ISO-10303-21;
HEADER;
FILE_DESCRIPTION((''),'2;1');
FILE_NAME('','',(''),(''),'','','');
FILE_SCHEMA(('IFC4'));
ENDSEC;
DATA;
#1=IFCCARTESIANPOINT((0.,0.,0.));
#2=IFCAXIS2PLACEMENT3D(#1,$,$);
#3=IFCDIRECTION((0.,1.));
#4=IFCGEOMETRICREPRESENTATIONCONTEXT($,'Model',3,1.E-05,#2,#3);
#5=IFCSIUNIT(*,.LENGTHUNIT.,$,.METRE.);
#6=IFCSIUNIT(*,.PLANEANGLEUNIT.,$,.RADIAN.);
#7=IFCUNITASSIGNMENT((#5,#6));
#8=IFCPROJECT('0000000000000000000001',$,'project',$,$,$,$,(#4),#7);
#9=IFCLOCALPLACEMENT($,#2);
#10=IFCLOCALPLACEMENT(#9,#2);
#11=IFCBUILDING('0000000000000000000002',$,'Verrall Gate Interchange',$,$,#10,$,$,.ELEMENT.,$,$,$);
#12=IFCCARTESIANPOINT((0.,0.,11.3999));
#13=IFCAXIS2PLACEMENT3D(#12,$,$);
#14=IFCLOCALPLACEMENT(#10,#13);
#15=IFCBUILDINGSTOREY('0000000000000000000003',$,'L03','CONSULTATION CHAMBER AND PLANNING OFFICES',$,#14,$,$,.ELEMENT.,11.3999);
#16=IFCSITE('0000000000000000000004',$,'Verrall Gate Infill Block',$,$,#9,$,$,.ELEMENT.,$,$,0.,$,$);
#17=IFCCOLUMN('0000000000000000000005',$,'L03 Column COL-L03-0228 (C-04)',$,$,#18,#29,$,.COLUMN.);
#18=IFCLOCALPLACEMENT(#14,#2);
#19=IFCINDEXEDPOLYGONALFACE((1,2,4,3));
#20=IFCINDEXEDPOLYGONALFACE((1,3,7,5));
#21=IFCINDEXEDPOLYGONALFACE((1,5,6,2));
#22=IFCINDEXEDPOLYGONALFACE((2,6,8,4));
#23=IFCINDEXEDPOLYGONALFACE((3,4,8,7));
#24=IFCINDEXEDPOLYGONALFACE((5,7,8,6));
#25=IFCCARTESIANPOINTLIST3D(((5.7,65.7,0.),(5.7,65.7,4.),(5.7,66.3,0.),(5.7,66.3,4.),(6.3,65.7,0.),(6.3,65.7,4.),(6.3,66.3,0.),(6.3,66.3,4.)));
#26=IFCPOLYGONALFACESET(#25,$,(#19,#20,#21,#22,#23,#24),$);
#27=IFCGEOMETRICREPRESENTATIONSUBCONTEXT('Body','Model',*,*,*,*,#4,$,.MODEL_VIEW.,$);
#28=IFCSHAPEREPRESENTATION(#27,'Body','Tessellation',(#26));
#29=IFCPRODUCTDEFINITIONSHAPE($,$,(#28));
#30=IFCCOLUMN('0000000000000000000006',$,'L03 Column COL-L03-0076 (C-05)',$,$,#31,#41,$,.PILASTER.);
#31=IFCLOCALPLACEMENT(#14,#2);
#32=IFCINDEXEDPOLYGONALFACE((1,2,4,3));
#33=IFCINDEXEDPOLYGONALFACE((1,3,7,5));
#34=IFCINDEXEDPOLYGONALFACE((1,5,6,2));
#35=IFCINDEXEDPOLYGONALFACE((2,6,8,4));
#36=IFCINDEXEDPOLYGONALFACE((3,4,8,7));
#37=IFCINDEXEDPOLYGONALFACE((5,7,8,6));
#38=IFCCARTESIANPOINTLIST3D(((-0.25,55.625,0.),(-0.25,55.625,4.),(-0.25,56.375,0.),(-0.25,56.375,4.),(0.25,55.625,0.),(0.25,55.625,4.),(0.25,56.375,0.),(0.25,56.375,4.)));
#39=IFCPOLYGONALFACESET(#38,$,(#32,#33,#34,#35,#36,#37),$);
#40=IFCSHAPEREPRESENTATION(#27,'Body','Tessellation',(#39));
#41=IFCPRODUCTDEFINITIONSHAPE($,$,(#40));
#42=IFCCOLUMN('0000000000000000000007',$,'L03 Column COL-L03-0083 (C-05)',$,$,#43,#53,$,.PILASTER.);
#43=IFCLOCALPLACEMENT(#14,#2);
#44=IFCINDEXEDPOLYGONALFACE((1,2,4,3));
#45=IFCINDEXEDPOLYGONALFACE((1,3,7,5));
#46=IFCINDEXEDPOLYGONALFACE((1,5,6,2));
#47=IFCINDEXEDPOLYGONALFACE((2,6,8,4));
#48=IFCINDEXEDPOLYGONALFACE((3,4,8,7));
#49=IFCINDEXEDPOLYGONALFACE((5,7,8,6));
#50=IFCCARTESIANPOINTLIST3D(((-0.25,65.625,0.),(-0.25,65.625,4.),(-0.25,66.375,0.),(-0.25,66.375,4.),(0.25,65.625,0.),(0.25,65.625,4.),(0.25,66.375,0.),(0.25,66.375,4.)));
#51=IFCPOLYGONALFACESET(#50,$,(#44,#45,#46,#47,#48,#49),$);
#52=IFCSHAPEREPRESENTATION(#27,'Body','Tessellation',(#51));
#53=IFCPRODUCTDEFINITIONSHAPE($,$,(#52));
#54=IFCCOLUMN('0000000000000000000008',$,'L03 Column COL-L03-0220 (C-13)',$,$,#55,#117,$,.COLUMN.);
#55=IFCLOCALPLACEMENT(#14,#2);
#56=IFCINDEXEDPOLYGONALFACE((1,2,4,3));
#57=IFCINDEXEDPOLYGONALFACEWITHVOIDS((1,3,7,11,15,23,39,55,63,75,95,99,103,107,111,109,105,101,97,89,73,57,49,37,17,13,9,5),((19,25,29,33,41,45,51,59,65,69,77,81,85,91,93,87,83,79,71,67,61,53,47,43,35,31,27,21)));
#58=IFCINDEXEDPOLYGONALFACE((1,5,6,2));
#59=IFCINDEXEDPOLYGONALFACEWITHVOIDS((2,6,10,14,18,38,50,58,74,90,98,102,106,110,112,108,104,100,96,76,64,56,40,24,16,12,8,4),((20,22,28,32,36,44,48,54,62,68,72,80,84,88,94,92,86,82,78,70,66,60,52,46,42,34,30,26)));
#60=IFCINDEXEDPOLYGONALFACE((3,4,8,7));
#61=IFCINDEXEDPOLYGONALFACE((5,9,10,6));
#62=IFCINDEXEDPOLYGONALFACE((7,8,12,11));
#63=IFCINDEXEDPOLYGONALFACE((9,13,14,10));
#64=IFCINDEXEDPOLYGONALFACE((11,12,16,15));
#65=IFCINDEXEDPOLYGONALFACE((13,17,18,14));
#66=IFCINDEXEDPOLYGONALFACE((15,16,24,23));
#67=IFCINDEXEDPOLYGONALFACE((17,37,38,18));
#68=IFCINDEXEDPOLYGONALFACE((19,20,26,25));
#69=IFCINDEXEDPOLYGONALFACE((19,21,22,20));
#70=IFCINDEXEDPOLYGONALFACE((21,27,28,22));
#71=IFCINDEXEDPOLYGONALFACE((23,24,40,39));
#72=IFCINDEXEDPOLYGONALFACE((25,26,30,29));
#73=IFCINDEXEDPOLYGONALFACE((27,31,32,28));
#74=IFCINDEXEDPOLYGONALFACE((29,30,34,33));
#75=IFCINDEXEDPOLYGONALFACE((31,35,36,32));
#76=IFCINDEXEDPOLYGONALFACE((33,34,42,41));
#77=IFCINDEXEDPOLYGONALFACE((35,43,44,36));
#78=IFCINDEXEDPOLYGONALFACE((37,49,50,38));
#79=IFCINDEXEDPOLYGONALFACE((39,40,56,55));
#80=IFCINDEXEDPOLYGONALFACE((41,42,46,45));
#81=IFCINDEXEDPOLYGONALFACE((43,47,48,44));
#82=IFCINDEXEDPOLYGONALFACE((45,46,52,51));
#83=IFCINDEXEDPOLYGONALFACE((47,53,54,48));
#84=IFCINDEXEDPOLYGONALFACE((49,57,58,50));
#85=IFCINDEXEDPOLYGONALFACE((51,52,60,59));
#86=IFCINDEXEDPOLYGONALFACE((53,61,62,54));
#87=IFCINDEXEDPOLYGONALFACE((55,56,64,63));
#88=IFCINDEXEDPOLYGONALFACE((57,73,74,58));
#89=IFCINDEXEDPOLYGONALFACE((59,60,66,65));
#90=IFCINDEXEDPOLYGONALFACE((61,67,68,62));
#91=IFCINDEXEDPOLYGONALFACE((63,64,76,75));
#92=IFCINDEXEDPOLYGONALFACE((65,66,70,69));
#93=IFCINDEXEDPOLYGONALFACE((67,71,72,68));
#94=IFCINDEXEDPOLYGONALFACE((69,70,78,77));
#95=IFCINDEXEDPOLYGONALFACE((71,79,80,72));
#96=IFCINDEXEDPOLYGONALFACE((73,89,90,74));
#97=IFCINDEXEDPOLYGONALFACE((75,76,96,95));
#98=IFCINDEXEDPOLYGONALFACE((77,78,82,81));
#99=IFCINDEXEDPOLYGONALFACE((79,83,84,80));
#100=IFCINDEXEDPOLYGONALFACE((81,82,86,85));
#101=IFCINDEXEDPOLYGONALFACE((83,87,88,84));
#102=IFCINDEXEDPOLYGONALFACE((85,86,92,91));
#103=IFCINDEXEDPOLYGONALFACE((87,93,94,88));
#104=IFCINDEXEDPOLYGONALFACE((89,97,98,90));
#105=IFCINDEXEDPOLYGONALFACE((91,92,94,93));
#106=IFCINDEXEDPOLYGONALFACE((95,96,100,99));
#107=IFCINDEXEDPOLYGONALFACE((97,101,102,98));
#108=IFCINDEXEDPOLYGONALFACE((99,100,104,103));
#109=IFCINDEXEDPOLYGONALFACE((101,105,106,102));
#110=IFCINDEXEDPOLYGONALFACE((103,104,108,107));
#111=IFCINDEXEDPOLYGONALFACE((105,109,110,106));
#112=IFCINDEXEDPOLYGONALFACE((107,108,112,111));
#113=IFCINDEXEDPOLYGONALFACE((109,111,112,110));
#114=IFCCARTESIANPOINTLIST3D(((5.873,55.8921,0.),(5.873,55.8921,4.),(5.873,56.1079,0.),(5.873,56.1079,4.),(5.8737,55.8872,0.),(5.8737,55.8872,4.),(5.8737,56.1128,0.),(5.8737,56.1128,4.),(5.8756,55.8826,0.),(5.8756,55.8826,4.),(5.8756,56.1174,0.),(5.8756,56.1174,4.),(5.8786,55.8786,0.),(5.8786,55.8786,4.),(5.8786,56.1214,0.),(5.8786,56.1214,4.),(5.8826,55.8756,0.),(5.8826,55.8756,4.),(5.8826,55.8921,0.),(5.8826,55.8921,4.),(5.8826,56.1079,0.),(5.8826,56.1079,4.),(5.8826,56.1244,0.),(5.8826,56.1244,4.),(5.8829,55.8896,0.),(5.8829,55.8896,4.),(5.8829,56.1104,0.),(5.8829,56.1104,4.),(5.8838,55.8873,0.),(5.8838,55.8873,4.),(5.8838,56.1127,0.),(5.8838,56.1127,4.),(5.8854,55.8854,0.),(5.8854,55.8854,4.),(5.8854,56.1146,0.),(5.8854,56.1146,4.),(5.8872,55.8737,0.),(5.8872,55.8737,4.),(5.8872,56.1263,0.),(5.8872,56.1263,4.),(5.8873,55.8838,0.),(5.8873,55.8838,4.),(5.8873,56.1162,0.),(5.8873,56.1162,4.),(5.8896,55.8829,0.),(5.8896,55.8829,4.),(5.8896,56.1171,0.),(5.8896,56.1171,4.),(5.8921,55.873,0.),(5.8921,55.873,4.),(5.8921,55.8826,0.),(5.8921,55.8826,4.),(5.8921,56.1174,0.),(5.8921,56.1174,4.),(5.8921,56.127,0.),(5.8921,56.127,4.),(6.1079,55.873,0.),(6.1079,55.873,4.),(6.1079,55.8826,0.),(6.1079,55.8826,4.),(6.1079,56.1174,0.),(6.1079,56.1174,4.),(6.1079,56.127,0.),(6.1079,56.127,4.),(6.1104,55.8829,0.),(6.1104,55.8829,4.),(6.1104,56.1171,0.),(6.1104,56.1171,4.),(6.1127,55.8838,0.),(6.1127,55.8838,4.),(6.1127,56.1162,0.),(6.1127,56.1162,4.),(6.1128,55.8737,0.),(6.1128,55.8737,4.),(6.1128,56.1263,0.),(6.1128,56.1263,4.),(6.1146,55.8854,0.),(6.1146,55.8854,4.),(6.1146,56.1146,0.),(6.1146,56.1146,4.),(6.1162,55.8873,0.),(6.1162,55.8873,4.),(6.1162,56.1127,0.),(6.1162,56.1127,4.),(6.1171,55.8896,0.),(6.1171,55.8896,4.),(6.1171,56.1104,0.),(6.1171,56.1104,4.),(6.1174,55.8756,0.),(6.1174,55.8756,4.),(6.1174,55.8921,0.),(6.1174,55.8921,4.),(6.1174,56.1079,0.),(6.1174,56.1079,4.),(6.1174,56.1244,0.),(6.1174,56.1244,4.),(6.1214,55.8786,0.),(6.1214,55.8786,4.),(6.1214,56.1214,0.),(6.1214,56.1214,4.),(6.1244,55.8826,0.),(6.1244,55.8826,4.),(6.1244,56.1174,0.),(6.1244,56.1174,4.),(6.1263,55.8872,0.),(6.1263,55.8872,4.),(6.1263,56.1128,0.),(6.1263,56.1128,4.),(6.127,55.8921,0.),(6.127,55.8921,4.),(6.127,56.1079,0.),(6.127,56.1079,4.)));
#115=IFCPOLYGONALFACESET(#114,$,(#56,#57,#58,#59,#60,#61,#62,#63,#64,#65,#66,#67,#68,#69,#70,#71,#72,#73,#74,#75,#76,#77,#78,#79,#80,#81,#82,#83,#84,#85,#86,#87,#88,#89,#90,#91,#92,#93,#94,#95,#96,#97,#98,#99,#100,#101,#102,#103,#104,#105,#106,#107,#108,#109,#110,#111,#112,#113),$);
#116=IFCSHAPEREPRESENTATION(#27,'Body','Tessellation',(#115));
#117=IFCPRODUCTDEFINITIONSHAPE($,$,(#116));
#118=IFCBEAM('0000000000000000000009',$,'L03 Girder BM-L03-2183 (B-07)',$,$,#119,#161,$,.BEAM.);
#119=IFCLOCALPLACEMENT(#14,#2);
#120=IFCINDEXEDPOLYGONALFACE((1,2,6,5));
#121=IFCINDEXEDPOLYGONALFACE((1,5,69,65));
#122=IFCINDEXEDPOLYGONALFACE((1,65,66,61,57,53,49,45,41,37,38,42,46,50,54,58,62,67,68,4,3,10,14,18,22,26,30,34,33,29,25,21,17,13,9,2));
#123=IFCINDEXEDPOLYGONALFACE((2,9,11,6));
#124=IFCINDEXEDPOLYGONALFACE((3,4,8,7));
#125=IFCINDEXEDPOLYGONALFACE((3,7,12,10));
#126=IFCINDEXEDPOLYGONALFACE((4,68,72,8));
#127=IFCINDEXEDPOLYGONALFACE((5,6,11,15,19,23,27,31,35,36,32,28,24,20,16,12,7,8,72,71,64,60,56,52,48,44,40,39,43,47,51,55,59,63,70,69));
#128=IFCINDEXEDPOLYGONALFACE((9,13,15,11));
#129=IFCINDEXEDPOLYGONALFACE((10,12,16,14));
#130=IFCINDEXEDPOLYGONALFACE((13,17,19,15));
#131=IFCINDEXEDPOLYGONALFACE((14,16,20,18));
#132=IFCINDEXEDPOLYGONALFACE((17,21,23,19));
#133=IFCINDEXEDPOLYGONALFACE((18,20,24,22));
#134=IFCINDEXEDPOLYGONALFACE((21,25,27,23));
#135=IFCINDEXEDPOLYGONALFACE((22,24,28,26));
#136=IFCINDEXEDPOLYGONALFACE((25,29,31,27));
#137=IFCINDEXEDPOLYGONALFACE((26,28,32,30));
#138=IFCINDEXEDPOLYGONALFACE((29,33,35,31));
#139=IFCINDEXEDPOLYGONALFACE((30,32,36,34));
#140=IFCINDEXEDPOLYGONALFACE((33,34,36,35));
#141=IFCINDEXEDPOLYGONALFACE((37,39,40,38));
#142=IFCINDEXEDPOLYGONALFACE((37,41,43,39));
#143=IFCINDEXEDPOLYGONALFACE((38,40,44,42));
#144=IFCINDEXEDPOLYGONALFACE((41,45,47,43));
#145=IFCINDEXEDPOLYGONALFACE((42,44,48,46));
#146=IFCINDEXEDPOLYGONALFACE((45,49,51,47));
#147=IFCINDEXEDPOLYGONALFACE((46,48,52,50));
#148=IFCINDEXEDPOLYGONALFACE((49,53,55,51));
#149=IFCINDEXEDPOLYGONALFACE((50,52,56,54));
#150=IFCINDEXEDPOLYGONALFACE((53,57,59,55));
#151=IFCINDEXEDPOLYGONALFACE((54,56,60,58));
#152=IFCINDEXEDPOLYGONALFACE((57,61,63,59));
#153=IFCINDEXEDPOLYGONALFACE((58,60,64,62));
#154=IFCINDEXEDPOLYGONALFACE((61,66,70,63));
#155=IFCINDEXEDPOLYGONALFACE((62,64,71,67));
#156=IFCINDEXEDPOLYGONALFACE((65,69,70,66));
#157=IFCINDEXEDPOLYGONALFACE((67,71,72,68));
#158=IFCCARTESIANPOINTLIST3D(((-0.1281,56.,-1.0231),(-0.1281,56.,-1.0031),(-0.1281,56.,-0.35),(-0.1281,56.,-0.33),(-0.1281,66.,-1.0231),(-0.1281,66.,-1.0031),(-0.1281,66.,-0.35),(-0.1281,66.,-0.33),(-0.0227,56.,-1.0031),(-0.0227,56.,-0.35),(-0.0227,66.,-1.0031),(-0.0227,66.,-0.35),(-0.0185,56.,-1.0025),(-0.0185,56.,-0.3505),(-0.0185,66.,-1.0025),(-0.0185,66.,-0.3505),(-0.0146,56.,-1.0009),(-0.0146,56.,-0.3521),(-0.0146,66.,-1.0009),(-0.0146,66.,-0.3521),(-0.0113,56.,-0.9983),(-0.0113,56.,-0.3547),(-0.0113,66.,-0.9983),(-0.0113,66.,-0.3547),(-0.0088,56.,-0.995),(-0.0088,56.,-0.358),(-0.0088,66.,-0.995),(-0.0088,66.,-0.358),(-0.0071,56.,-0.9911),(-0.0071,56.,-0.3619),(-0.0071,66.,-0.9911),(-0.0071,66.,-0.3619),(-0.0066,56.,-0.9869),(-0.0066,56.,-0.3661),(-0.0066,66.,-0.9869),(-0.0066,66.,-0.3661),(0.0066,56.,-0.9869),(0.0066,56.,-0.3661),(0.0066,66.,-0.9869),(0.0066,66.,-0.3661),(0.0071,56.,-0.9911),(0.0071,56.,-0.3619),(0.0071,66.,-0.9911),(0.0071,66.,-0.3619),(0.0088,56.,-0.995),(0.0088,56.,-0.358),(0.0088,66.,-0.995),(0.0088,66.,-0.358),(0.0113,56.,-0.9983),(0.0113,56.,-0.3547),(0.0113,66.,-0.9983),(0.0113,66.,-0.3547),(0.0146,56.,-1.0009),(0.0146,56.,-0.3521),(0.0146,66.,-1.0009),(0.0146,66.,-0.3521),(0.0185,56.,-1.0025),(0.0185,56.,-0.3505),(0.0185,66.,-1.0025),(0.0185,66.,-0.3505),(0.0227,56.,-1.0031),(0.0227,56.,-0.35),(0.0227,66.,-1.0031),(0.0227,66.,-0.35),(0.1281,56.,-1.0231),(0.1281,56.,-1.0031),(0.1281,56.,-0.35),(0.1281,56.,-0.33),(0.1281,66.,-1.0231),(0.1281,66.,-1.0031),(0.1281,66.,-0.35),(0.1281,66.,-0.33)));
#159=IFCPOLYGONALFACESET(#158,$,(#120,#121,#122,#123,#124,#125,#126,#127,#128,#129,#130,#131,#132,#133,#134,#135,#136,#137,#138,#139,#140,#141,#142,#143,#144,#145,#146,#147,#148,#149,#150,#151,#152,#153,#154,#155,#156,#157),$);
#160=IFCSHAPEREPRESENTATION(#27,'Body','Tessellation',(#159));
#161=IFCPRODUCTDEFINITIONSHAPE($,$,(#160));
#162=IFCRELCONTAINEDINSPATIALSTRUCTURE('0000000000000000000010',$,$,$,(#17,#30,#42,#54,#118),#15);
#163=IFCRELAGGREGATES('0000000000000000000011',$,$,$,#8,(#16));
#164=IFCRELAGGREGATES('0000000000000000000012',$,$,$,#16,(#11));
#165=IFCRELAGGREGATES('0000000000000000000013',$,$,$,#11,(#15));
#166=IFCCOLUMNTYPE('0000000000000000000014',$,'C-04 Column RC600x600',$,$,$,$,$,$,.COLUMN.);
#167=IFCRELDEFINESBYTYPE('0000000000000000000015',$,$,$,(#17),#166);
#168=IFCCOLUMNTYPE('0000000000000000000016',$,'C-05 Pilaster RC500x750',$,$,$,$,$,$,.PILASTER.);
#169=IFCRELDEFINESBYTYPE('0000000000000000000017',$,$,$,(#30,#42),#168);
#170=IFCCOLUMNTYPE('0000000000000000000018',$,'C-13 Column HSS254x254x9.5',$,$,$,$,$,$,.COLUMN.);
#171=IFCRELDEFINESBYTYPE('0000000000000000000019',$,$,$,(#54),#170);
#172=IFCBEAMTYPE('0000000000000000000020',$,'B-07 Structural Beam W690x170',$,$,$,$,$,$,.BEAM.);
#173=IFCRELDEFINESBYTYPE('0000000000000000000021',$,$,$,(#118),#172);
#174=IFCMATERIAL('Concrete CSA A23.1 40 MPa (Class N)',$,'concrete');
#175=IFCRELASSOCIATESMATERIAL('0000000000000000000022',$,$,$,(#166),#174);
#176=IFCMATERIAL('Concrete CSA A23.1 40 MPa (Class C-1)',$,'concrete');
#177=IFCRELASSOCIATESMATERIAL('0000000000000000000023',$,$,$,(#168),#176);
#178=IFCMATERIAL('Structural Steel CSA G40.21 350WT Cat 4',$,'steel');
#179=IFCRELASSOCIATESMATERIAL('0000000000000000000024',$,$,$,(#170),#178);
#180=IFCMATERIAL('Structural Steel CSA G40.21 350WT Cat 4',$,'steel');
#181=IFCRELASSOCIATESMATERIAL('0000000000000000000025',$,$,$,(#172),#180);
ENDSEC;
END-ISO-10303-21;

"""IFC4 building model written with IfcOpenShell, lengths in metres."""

from ifc_helpers import new_model, si_unit, direction, frame, origin, origin_2d, place, context, subcontext, project, spatial, rectangle, hollow_rectangle, i_section, extrude, material, material_profile, profile_set, type_object, element, save


model = new_model("IFC4")

# Units and contexts
model_context = context("Model", 3, precision=1e-05, world=origin(), true_north=direction((0.0, 1.0)))
body_context = subcontext(model_context, "Body", "Model", "MODEL_VIEW")
ifc_project = project(units=[si_unit("LENGTHUNIT", "METRE"), si_unit("PLANEANGLEUNIT", "RADIAN")], contexts=[model_context])

# Site, building, storey
site_placement = place(None, origin())
site = spatial("IfcSite", under=ifc_project, at=site_placement, Name="Verrall Gate Infill Block", CompositionType="ELEMENT", RefElevation=0.0)
building_placement = place(site_placement, origin())
building = spatial("IfcBuilding", under=site, at=building_placement, Name="Verrall Gate Interchange", CompositionType="ELEMENT")
storey_placement = place(building_placement, frame((0.0, 0.0, 11.3999)))
storey = spatial("IfcBuildingStorey", under=building, at=storey_placement, Name="L03", Description="CONSULTATION CHAMBER AND PLANNING OFFICES", CompositionType="ELEMENT", Elevation=11.3999)

# Columns
ifc_material_1 = material(Name="Concrete CSA A23.1 40 MPa (Class N)", Category="concrete")
ifc_material_profile_1 = material_profile(ifc_material_1, rectangle(XDim=0.6001, YDim=0.6001, at=origin_2d()), Name="RC600x600")
ifc_profile_set_1 = profile_set([ifc_material_profile_1], Name="Concrete CSA A23.1 40 MPa (Class N)")
column_type_1 = type_object("IfcColumnType", Name="C-04 Column RC600x600", PredefinedType="COLUMN", material=ifc_profile_set_1)
column_1_placement = place(storey_placement, frame((6.0, 66.0, 0.0), z_axis=(0.0, 0.0, 1.0), x_axis=(1.0, 0.0, 0.0)))
element("IfcColumn", 1, at=column_1_placement, inside=storey, type_object=column_type_1, Name="L03 Column COL-L03-0228 (C-04)", PredefinedType="COLUMN", context=body_context, shape_type="SweptSolid", body=[
    extrude(rectangle(XDim=0.6001, YDim=0.6001, at=origin_2d()), origin(), (0.0, 0.0, 1.0), 4.0),
])
ifc_material_2 = material(Name="Concrete CSA A23.1 40 MPa (Class C-1)", Category="concrete")
ifc_material_profile_2 = material_profile(ifc_material_2, rectangle(XDim=0.5, YDim=0.75, at=origin_2d()), Name="RC500x750")
ifc_profile_set_2 = profile_set([ifc_material_profile_2], Name="Concrete CSA A23.1 40 MPa (Class C-1)")
column_type_2 = type_object("IfcColumnType", Name="C-05 Pilaster RC500x750", PredefinedType="PILASTER", material=ifc_profile_set_2)
for number, where, z_axis, x_axis, name in (
    (2, (0.0, 56.0, 0.0), (0.0, 0.0, 1.0), (1.0, 0.0, 0.0), "L03 Column COL-L03-0076 (C-05)"),
    (3, (0.0, 66.0, 0.0), (0.0, 0.0, 1.0), (1.0, 0.0, 0.0), "L03 Column COL-L03-0083 (C-05)"),
):
    element("IfcColumn", number, at=place(storey_placement, frame(where, z_axis=z_axis, x_axis=x_axis)), inside=storey, type_object=column_type_2, Name=name, PredefinedType="PILASTER", context=body_context, shape_type="SweptSolid", body=[
        extrude(rectangle(XDim=0.5, YDim=0.75, at=origin_2d()), origin(), (0.0, 0.0, 1.0), 4.0),
    ])
ifc_material_3 = material(Name="Structural Steel CSA G40.21 350WT Cat 4", Category="steel")
ifc_material_profile_3 = material_profile(ifc_material_3, hollow_rectangle(XDim=0.2539, YDim=0.2539, WallThickness=0.0095, InnerFilletRadius=0.0095, OuterFilletRadius=0.019, at=origin_2d()), Name="HSS254x254x9.5")
ifc_profile_set_3 = profile_set([ifc_material_profile_3], Name="Structural Steel CSA G40.21 350WT Cat 4")
column_type_3 = type_object("IfcColumnType", Name="C-13 Column HSS254x254x9.5", PredefinedType="COLUMN", material=ifc_profile_set_3)
column_2_placement = place(storey_placement, frame((6.0, 56.0, 0.0), z_axis=(0.0, 0.0, 1.0), x_axis=(1.0, 0.0, 0.0)))
element("IfcColumn", 4, at=column_2_placement, inside=storey, type_object=column_type_3, Name="L03 Column COL-L03-0220 (C-13)", PredefinedType="COLUMN", context=body_context, shape_type="SweptSolid", body=[
    extrude(hollow_rectangle(XDim=0.2539, YDim=0.2539, WallThickness=0.0095, InnerFilletRadius=0.0095, OuterFilletRadius=0.019, at=origin_2d()), origin(), (0.0, 0.0, 1.0), 4.0),
])

# Beam
ifc_material_4 = material(Name="Structural Steel CSA G40.21 350WT Cat 4", Category="steel")
ifc_material_profile_4 = material_profile(ifc_material_4, i_section(OverallWidth=0.2561, OverallDepth=0.6931, WebThickness=0.0132, FlangeThickness=0.02, FilletRadius=0.0161, at=origin_2d()), Name="W690x170")
ifc_profile_set_4 = profile_set([ifc_material_profile_4], Name="Structural Steel CSA G40.21 350WT Cat 4")
beam_type_1 = type_object("IfcBeamType", Name="B-07 Structural Beam W690x170", PredefinedType="BEAM", material=ifc_profile_set_4)
beam_1_placement = place(storey_placement, frame((0.0, 56.0, -0.6765), z_axis=(0.0, 1.0, 0.0), x_axis=(-1.0, 0.0, 0.0)))
element("IfcBeam", 5, at=beam_1_placement, inside=storey, type_object=beam_type_1, Name="L03 Girder BM-L03-2183 (B-07)", PredefinedType="BEAM", context=body_context, shape_type="SweptSolid", body=[
    extrude(i_section(OverallWidth=0.2561, OverallDepth=0.6931, WebThickness=0.0132, FlangeThickness=0.02, FilletRadius=0.0161, at=origin_2d()), origin(), (0.0, 0.0, 1.0), 10.0),
])

save(model, "model.ifc")
